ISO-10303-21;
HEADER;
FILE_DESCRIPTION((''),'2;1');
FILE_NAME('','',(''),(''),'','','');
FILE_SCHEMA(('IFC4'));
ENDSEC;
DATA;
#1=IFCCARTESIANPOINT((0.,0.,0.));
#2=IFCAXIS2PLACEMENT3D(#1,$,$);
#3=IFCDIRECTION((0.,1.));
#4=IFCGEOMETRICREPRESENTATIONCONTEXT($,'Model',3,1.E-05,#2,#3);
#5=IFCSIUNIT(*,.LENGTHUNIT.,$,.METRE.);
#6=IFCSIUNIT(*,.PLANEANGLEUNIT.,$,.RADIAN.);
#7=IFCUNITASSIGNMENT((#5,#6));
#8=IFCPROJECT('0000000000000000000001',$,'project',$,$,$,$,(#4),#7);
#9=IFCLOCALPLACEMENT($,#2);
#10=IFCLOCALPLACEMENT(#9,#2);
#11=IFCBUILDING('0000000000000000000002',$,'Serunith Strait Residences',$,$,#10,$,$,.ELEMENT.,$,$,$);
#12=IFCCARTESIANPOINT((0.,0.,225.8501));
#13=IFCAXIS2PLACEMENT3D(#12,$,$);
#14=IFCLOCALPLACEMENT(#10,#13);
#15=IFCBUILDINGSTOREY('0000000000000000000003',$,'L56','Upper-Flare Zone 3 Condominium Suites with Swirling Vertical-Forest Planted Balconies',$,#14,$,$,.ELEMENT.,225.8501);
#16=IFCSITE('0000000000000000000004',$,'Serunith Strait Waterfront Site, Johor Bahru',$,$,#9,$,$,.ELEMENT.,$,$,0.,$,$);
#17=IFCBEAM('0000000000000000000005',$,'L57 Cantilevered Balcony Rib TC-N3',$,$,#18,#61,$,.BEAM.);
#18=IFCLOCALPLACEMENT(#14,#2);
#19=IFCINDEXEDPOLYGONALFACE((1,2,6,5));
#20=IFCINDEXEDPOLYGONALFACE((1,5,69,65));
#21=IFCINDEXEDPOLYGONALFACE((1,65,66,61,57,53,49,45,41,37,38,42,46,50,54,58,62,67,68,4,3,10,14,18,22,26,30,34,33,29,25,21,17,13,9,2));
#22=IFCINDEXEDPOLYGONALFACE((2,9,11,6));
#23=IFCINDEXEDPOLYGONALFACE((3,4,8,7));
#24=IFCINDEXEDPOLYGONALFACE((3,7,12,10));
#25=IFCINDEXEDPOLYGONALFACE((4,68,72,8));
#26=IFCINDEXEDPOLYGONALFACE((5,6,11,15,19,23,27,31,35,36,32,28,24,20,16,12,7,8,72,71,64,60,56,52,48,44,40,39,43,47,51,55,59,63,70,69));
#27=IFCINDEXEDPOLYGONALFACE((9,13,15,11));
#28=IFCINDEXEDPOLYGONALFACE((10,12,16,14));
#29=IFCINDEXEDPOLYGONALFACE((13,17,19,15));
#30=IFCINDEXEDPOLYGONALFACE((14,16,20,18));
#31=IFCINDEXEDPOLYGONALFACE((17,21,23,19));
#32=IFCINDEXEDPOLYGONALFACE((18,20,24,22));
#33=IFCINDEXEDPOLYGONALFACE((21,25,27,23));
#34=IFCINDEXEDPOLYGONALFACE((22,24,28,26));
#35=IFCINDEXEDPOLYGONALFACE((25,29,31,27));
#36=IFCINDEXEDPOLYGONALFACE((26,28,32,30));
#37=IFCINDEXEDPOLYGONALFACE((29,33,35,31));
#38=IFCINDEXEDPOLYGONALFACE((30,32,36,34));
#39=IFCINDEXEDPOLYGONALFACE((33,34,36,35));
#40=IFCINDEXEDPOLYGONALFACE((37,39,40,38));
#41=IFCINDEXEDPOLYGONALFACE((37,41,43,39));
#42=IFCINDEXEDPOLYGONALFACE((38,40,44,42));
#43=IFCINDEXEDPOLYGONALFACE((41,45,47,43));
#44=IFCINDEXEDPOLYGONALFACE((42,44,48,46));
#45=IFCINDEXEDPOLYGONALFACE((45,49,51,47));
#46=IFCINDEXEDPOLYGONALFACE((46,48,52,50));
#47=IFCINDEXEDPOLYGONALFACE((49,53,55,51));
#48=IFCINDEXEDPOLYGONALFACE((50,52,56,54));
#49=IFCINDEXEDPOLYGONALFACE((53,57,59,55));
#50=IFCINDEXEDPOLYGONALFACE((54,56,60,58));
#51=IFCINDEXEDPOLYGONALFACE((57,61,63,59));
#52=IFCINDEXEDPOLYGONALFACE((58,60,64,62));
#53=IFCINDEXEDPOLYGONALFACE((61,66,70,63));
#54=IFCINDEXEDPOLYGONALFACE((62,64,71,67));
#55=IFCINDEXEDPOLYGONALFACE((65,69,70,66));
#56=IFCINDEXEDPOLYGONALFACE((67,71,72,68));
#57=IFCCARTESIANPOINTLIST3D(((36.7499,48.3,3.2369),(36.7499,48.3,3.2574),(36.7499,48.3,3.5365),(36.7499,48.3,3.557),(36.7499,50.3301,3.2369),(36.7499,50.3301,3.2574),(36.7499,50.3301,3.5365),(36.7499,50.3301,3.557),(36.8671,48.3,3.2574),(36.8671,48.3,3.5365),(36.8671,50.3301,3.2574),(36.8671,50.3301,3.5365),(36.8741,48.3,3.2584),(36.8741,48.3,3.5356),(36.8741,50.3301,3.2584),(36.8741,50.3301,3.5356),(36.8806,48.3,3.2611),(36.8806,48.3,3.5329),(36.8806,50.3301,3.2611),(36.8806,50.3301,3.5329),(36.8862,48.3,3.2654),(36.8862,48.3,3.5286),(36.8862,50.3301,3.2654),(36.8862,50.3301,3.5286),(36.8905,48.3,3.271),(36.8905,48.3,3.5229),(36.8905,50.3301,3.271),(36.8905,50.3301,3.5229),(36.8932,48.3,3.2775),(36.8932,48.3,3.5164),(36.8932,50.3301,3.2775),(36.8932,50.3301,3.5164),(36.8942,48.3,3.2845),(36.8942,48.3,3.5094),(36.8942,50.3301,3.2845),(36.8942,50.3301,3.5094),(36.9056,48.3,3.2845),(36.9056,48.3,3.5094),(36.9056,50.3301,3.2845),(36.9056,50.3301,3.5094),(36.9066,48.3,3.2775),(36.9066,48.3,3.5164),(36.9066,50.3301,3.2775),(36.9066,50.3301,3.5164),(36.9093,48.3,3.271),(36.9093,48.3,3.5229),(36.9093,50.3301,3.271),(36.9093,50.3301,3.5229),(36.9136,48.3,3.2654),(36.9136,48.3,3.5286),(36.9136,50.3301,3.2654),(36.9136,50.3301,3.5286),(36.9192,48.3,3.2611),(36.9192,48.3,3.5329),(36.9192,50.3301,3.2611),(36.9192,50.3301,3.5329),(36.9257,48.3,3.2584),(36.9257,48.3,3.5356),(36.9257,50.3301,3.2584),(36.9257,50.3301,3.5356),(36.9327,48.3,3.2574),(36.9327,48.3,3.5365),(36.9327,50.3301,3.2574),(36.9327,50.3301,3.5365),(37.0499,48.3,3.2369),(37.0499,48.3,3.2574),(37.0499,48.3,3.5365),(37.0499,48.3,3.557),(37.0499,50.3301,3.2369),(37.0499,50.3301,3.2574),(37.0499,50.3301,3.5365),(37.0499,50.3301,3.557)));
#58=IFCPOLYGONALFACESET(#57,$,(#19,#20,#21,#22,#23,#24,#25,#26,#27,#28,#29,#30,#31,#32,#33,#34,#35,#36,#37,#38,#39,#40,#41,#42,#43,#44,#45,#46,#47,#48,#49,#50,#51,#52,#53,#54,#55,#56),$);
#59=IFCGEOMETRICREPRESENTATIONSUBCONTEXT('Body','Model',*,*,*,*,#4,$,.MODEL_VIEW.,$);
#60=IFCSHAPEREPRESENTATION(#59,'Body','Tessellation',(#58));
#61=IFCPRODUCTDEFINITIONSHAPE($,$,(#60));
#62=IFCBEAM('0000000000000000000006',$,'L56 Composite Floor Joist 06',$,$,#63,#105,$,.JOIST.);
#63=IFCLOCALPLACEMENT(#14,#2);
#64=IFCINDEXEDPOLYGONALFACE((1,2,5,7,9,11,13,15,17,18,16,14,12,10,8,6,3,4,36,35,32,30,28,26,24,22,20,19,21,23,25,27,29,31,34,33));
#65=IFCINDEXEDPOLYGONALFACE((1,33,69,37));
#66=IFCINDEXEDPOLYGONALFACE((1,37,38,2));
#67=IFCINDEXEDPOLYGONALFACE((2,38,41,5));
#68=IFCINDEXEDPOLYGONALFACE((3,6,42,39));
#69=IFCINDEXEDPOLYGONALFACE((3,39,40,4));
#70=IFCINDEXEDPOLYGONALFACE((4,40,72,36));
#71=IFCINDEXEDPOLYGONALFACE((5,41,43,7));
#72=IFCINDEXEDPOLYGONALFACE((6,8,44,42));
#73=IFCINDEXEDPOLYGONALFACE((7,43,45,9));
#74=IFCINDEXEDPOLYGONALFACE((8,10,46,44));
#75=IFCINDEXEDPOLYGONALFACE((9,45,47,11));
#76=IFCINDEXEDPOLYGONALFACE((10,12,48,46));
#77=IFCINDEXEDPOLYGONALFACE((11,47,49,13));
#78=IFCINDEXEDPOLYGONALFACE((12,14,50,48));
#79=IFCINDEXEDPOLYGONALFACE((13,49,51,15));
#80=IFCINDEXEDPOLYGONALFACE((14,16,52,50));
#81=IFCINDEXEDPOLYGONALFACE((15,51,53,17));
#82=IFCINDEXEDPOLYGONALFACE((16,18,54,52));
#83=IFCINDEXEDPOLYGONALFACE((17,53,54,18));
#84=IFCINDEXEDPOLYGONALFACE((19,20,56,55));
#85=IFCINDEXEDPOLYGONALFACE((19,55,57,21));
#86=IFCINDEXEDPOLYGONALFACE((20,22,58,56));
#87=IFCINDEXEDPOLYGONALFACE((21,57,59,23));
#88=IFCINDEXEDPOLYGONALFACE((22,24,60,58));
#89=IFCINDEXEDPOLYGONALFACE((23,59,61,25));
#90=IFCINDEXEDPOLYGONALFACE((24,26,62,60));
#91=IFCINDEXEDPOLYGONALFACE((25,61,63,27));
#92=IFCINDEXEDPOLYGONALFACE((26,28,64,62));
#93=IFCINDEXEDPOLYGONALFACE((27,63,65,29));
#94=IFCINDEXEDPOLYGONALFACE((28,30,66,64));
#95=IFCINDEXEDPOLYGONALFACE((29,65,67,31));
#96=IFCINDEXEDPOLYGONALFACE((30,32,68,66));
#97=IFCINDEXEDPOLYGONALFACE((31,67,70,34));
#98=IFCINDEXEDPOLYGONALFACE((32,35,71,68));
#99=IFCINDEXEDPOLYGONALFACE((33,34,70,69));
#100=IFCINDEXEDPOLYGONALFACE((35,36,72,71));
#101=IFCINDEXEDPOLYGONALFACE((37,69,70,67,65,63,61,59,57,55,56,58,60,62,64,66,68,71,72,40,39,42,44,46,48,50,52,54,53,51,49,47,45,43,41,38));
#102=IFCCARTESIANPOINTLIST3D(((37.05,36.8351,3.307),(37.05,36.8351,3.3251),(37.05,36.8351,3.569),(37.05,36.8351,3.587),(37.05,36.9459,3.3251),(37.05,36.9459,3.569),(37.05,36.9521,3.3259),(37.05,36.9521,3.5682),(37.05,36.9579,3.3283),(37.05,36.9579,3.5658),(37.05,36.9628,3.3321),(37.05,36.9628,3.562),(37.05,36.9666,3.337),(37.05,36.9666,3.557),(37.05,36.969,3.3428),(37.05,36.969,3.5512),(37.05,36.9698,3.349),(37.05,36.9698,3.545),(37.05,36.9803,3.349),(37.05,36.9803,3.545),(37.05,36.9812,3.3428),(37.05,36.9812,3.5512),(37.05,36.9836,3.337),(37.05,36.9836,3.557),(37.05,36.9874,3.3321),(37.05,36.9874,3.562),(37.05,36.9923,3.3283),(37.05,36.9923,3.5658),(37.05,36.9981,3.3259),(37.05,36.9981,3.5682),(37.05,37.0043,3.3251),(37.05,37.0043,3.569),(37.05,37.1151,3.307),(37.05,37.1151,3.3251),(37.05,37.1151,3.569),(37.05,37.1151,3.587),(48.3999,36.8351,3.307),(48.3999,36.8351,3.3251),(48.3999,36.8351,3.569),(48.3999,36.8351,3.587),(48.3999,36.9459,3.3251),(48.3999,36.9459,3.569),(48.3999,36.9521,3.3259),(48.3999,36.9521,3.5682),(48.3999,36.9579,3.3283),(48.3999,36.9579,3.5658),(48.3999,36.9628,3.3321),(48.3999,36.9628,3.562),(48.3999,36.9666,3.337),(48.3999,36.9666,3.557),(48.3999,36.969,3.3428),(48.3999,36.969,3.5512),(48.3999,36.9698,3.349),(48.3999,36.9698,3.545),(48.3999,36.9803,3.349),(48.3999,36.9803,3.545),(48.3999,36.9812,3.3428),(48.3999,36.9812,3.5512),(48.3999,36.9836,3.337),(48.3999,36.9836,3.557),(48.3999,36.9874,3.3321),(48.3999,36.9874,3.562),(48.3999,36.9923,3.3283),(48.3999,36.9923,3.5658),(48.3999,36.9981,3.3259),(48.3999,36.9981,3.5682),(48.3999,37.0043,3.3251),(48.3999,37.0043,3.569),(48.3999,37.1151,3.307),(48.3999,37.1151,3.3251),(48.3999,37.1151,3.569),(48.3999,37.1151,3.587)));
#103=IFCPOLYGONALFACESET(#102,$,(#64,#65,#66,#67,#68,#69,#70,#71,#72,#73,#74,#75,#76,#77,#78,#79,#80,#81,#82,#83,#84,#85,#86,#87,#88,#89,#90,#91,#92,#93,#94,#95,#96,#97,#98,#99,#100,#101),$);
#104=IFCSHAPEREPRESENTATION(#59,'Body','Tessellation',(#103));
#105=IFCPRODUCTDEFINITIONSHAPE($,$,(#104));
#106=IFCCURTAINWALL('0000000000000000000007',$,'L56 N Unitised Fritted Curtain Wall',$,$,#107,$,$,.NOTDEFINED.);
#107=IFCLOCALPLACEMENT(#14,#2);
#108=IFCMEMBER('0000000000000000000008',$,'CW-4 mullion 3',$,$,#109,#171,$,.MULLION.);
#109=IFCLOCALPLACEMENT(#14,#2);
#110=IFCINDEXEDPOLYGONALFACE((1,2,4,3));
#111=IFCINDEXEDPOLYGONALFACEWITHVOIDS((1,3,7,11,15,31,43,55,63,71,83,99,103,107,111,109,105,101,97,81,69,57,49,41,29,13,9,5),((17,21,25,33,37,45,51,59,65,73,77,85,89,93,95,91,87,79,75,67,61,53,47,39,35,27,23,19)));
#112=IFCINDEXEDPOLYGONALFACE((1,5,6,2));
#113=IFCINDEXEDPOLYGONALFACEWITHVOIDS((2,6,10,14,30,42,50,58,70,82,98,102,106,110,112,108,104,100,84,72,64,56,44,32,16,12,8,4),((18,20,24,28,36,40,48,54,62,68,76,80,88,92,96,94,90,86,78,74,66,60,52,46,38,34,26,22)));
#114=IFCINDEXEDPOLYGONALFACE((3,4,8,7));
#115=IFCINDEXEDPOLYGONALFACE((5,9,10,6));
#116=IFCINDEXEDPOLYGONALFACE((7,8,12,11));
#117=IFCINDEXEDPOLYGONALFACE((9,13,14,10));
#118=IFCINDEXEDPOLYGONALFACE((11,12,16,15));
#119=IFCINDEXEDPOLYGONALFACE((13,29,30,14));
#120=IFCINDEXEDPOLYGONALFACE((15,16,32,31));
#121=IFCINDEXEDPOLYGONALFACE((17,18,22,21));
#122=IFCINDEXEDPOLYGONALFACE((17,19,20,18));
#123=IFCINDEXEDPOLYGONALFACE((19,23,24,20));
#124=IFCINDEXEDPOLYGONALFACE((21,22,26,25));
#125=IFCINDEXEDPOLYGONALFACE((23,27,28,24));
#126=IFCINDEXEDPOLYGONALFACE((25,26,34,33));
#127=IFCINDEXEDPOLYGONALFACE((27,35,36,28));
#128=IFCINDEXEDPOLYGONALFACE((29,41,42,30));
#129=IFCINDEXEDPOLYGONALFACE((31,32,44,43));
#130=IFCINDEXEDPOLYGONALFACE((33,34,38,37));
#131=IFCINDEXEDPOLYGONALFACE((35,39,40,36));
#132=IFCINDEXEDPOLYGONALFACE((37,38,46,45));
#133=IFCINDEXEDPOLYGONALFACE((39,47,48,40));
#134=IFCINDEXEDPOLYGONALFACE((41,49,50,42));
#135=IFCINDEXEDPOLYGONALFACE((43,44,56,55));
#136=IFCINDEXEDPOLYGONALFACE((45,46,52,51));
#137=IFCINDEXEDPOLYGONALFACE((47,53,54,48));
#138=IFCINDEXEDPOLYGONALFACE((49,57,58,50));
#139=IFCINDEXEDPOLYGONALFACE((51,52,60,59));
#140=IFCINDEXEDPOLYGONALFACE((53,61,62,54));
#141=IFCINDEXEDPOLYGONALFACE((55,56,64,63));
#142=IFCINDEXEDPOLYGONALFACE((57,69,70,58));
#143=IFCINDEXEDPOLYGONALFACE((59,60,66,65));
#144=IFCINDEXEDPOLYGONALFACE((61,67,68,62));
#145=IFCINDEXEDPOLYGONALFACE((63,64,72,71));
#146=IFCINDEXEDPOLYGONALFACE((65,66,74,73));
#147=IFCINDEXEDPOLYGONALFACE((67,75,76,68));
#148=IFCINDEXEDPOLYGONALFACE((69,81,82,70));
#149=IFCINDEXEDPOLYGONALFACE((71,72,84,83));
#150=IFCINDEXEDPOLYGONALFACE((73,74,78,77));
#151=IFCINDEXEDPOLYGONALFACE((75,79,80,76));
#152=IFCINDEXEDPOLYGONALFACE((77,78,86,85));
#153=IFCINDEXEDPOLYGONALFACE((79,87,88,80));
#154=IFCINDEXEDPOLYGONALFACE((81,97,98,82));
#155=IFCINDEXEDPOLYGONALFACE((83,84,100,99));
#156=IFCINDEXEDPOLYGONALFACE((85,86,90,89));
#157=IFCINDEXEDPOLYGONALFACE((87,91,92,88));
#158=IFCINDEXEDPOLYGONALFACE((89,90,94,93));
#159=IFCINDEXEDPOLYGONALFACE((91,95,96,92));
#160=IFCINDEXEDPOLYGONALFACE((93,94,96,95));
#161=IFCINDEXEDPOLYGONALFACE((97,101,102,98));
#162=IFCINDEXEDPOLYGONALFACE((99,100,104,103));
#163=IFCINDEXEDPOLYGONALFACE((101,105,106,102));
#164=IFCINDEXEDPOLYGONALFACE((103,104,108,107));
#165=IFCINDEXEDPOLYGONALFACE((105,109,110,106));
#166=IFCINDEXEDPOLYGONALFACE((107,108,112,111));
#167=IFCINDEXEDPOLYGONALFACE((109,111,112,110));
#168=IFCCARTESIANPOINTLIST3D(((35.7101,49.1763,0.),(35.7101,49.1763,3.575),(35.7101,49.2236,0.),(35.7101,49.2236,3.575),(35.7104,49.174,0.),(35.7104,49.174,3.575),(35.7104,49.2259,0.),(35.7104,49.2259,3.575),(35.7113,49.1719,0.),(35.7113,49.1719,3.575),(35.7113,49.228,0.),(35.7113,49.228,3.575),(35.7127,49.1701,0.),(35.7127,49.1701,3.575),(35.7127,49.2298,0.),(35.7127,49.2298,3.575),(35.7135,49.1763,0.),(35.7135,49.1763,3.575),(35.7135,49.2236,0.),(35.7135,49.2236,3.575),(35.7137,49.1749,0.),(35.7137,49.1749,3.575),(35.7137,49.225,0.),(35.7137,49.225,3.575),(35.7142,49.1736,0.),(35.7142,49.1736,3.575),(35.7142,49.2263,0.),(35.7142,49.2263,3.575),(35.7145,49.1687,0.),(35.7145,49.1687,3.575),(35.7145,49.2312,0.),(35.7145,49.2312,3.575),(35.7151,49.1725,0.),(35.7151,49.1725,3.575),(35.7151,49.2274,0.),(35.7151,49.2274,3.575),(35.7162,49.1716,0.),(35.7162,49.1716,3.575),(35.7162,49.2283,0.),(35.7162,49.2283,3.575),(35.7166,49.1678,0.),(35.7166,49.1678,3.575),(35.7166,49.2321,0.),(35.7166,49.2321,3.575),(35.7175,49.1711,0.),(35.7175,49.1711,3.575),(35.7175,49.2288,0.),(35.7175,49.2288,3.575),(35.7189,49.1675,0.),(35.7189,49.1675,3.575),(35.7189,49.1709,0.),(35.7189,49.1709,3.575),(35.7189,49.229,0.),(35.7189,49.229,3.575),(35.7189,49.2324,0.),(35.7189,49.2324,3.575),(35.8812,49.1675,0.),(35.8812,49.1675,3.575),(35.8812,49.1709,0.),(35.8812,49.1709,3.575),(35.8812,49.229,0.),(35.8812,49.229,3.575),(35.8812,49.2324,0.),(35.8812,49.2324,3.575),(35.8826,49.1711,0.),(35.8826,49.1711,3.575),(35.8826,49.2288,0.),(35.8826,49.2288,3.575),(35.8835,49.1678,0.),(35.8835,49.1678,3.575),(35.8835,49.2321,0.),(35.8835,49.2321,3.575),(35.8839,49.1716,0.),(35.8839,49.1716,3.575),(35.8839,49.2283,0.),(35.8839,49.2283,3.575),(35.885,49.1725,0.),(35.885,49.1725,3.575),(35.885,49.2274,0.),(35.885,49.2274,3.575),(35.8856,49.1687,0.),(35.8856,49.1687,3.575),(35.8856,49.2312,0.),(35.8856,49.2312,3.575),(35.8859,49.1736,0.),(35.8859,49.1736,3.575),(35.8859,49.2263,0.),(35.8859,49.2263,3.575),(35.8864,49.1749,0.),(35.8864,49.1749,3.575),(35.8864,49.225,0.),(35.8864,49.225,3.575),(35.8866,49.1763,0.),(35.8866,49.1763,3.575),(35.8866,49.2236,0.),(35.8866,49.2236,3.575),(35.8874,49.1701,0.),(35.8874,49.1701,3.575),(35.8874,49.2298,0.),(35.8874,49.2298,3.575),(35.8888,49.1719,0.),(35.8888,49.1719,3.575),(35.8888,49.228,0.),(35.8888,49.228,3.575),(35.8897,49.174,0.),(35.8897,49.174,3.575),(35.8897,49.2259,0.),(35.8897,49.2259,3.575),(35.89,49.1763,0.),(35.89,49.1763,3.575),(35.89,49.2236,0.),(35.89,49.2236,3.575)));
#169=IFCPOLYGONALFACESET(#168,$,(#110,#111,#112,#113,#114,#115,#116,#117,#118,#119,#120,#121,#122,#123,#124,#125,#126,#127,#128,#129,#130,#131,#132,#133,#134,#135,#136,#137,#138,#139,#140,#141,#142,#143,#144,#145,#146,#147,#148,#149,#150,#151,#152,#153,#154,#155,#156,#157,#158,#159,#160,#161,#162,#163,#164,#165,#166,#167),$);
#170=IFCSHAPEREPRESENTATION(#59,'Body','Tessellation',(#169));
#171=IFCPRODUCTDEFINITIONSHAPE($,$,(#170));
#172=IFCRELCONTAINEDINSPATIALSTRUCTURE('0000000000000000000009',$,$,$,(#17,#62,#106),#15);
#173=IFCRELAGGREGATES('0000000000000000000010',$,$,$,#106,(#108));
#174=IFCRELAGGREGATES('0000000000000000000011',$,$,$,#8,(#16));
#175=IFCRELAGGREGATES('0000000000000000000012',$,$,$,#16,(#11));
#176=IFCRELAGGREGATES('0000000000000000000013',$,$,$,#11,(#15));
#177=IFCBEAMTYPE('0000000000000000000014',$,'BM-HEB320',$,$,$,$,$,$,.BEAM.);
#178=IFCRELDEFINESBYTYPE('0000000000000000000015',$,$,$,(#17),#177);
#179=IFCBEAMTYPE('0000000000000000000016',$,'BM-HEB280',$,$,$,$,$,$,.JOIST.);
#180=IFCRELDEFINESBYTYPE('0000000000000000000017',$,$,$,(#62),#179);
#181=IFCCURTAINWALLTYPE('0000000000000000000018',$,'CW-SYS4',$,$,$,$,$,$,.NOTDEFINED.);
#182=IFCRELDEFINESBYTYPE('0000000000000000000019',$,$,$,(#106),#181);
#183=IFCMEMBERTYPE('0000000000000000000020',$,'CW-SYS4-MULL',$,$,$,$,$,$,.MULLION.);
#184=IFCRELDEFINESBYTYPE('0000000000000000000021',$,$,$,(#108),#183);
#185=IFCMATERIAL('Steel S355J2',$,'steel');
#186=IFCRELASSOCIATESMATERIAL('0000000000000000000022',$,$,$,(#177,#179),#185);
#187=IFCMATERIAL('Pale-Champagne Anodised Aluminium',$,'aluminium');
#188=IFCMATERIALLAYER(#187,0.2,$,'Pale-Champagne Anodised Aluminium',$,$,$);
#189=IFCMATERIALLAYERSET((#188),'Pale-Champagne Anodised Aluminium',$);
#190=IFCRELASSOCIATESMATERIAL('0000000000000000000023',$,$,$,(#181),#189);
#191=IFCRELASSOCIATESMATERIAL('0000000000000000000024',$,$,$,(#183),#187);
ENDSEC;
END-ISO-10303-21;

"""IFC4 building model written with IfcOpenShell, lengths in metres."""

from ifc_helpers import new_model, si_unit, direction, frame, origin, origin_2d, place, context, subcontext, project, spatial, hollow_rectangle, i_section, extrude, source, transform, mapped, material, layer, layer_set, material_profile, profile_set, type_object, element, aggregate, save


model = new_model("IFC4")

# Units and contexts
model_context = context("Model", 3, precision=1e-05, world=origin(), true_north=direction((0.0, 1.0)))
body_context = subcontext(model_context, "Body", "Model", "MODEL_VIEW")
ifc_project = project(units=[si_unit("LENGTHUNIT", "METRE"), si_unit("PLANEANGLEUNIT", "RADIAN")], contexts=[model_context])

# Site, building, storey
site_placement = place(None, origin())
site = spatial("IfcSite", under=ifc_project, at=site_placement, Name="Serunith Strait Waterfront Site, Johor Bahru", CompositionType="ELEMENT", RefElevation=0.0)
building_placement = place(site_placement, origin())
building = spatial("IfcBuilding", under=site, at=building_placement, Name="Serunith Strait Residences", CompositionType="ELEMENT")
storey_placement = place(building_placement, frame((0.0, 0.0, 225.8501)))
storey = spatial("IfcBuildingStorey", under=building, at=storey_placement, Name="L56", Description="Upper-Flare Zone 3 Condominium Suites with Swirling Vertical-Forest Planted Balconies", CompositionType="ELEMENT", Elevation=225.8501)

# Beams
ifc_material_1 = material(Name="Steel S355J2", Category="steel")
ifc_material_profile_1 = material_profile(ifc_material_1, i_section(OverallWidth=0.3, OverallDepth=0.3201, WebThickness=0.0115, FlangeThickness=0.0205, FilletRadius=0.0271, at=origin_2d()), Name="HEB 320")
ifc_profile_set_1 = profile_set([ifc_material_profile_1], Name="Steel S355J2")
beam_type_1 = type_object("IfcBeamType", Name="BM-HEB320", PredefinedType="BEAM", material=ifc_profile_set_1)
shared_shape_1 = source(origin(), body_context, "Body", "SweptSolid", [
    extrude(i_section(OverallWidth=0.3, OverallDepth=0.3201, WebThickness=0.0115, FlangeThickness=0.0205, FilletRadius=0.0271, at=origin_2d()), origin(), (0.0, 0.0, 1.0), 2.03),
])
beam_1_placement = place(storey_placement, frame((36.8999, 48.3, 3.397), z_axis=(0.0, 1.0, 0.0), x_axis=(-1.0, 0.0, 0.0)))
element("IfcBeam", 1, at=beam_1_placement, inside=storey, type_object=beam_type_1, Name="L57 Cantilevered Balcony Rib TC-N3", PredefinedType="BEAM", context=body_context, shape_type="MappedRepresentation", body=[
    mapped(shared_shape_1, transform((0.0, 0.0, 0.0), scale=1.0)),
])
ifc_material_profile_2 = material_profile(ifc_material_1, i_section(OverallWidth=0.28, OverallDepth=0.28, WebThickness=0.0105, FlangeThickness=0.0181, FilletRadius=0.0239, at=origin_2d()), Name="HEB 280")
ifc_profile_set_2 = profile_set([ifc_material_profile_2], Name="Steel S355J2")
beam_type_2 = type_object("IfcBeamType", Name="BM-HEB280", PredefinedType="JOIST", material=ifc_profile_set_2)
shared_shape_2 = source(origin(), body_context, "Body", "SweptSolid", [
    extrude(i_section(OverallWidth=0.28, OverallDepth=0.28, WebThickness=0.0105, FlangeThickness=0.0181, FilletRadius=0.0239, at=origin_2d()), origin(), (0.0, 0.0, 1.0), 11.3499),
])
beam_2_placement = place(storey_placement, frame((37.05, 36.9751, 3.447), z_axis=(1.0, 0.0, 0.0), x_axis=(0.0, 1.0, 0.0)))
element("IfcBeam", 2, at=beam_2_placement, inside=storey, type_object=beam_type_2, Name="L56 Composite Floor Joist 06", PredefinedType="JOIST", context=body_context, shape_type="MappedRepresentation", body=[
    mapped(shared_shape_2, transform((0.0, 0.0, 0.0), scale=1.0)),
])

# Curtain wall, member
ifc_material_2 = material(Name="Pale-Champagne Anodised Aluminium", Category="aluminium")
ifc_layer_1 = layer(ifc_material_2, 0.2, Name="Pale-Champagne Anodised Aluminium")
ifc_layer_set_1 = layer_set([ifc_layer_1], Name="Pale-Champagne Anodised Aluminium")
curtain_wall_type = type_object("IfcCurtainWallType", Name="CW-SYS4", PredefinedType="NOTDEFINED", material=ifc_layer_set_1)
curtain_wall_placement = place(storey_placement, origin())
curtain_wall = element("IfcCurtainWall", 3, at=curtain_wall_placement, inside=storey, type_object=curtain_wall_type, Name="L56 N Unitised Fritted Curtain Wall", PredefinedType="NOTDEFINED")
ifc_material_profile_3 = material_profile(ifc_material_2, hollow_rectangle(XDim=0.0649, YDim=0.1799, WallThickness=0.0034, InnerFilletRadius=0.0054, OuterFilletRadius=0.0088, at=origin_2d()), Name="ALU 180x65x3.5")
ifc_profile_set_3 = profile_set([ifc_material_profile_3], Name="Pale-Champagne Anodised Aluminium")
member_type_1 = type_object("IfcMemberType", Name="CW-SYS4-MULL", PredefinedType="MULLION", material=ifc_profile_set_3)
shared_shape_3 = source(origin(), body_context, "Body", "SweptSolid", [
    extrude(hollow_rectangle(XDim=0.0649, YDim=0.1799, WallThickness=0.0034, InnerFilletRadius=0.0054, OuterFilletRadius=0.0088, at=origin_2d()), origin(), (0.0, 0.0, 1.0), 3.575),
])
member_1_placement = place(storey_placement, frame((35.8, 49.2, 0.0), z_axis=(0.0, 0.0, 1.0), x_axis=(0.0, -1.0, 0.0)))
member_1 = element("IfcMember", 4, at=member_1_placement, type_object=member_type_1, Name="CW-4 mullion 3", PredefinedType="MULLION", context=body_context, shape_type="MappedRepresentation", body=[
    mapped(shared_shape_3, transform((0.0, 0.0, 0.0), scale=1.0)),
])
aggregate(curtain_wall, [member_1])

save(model, "model.ifc")
